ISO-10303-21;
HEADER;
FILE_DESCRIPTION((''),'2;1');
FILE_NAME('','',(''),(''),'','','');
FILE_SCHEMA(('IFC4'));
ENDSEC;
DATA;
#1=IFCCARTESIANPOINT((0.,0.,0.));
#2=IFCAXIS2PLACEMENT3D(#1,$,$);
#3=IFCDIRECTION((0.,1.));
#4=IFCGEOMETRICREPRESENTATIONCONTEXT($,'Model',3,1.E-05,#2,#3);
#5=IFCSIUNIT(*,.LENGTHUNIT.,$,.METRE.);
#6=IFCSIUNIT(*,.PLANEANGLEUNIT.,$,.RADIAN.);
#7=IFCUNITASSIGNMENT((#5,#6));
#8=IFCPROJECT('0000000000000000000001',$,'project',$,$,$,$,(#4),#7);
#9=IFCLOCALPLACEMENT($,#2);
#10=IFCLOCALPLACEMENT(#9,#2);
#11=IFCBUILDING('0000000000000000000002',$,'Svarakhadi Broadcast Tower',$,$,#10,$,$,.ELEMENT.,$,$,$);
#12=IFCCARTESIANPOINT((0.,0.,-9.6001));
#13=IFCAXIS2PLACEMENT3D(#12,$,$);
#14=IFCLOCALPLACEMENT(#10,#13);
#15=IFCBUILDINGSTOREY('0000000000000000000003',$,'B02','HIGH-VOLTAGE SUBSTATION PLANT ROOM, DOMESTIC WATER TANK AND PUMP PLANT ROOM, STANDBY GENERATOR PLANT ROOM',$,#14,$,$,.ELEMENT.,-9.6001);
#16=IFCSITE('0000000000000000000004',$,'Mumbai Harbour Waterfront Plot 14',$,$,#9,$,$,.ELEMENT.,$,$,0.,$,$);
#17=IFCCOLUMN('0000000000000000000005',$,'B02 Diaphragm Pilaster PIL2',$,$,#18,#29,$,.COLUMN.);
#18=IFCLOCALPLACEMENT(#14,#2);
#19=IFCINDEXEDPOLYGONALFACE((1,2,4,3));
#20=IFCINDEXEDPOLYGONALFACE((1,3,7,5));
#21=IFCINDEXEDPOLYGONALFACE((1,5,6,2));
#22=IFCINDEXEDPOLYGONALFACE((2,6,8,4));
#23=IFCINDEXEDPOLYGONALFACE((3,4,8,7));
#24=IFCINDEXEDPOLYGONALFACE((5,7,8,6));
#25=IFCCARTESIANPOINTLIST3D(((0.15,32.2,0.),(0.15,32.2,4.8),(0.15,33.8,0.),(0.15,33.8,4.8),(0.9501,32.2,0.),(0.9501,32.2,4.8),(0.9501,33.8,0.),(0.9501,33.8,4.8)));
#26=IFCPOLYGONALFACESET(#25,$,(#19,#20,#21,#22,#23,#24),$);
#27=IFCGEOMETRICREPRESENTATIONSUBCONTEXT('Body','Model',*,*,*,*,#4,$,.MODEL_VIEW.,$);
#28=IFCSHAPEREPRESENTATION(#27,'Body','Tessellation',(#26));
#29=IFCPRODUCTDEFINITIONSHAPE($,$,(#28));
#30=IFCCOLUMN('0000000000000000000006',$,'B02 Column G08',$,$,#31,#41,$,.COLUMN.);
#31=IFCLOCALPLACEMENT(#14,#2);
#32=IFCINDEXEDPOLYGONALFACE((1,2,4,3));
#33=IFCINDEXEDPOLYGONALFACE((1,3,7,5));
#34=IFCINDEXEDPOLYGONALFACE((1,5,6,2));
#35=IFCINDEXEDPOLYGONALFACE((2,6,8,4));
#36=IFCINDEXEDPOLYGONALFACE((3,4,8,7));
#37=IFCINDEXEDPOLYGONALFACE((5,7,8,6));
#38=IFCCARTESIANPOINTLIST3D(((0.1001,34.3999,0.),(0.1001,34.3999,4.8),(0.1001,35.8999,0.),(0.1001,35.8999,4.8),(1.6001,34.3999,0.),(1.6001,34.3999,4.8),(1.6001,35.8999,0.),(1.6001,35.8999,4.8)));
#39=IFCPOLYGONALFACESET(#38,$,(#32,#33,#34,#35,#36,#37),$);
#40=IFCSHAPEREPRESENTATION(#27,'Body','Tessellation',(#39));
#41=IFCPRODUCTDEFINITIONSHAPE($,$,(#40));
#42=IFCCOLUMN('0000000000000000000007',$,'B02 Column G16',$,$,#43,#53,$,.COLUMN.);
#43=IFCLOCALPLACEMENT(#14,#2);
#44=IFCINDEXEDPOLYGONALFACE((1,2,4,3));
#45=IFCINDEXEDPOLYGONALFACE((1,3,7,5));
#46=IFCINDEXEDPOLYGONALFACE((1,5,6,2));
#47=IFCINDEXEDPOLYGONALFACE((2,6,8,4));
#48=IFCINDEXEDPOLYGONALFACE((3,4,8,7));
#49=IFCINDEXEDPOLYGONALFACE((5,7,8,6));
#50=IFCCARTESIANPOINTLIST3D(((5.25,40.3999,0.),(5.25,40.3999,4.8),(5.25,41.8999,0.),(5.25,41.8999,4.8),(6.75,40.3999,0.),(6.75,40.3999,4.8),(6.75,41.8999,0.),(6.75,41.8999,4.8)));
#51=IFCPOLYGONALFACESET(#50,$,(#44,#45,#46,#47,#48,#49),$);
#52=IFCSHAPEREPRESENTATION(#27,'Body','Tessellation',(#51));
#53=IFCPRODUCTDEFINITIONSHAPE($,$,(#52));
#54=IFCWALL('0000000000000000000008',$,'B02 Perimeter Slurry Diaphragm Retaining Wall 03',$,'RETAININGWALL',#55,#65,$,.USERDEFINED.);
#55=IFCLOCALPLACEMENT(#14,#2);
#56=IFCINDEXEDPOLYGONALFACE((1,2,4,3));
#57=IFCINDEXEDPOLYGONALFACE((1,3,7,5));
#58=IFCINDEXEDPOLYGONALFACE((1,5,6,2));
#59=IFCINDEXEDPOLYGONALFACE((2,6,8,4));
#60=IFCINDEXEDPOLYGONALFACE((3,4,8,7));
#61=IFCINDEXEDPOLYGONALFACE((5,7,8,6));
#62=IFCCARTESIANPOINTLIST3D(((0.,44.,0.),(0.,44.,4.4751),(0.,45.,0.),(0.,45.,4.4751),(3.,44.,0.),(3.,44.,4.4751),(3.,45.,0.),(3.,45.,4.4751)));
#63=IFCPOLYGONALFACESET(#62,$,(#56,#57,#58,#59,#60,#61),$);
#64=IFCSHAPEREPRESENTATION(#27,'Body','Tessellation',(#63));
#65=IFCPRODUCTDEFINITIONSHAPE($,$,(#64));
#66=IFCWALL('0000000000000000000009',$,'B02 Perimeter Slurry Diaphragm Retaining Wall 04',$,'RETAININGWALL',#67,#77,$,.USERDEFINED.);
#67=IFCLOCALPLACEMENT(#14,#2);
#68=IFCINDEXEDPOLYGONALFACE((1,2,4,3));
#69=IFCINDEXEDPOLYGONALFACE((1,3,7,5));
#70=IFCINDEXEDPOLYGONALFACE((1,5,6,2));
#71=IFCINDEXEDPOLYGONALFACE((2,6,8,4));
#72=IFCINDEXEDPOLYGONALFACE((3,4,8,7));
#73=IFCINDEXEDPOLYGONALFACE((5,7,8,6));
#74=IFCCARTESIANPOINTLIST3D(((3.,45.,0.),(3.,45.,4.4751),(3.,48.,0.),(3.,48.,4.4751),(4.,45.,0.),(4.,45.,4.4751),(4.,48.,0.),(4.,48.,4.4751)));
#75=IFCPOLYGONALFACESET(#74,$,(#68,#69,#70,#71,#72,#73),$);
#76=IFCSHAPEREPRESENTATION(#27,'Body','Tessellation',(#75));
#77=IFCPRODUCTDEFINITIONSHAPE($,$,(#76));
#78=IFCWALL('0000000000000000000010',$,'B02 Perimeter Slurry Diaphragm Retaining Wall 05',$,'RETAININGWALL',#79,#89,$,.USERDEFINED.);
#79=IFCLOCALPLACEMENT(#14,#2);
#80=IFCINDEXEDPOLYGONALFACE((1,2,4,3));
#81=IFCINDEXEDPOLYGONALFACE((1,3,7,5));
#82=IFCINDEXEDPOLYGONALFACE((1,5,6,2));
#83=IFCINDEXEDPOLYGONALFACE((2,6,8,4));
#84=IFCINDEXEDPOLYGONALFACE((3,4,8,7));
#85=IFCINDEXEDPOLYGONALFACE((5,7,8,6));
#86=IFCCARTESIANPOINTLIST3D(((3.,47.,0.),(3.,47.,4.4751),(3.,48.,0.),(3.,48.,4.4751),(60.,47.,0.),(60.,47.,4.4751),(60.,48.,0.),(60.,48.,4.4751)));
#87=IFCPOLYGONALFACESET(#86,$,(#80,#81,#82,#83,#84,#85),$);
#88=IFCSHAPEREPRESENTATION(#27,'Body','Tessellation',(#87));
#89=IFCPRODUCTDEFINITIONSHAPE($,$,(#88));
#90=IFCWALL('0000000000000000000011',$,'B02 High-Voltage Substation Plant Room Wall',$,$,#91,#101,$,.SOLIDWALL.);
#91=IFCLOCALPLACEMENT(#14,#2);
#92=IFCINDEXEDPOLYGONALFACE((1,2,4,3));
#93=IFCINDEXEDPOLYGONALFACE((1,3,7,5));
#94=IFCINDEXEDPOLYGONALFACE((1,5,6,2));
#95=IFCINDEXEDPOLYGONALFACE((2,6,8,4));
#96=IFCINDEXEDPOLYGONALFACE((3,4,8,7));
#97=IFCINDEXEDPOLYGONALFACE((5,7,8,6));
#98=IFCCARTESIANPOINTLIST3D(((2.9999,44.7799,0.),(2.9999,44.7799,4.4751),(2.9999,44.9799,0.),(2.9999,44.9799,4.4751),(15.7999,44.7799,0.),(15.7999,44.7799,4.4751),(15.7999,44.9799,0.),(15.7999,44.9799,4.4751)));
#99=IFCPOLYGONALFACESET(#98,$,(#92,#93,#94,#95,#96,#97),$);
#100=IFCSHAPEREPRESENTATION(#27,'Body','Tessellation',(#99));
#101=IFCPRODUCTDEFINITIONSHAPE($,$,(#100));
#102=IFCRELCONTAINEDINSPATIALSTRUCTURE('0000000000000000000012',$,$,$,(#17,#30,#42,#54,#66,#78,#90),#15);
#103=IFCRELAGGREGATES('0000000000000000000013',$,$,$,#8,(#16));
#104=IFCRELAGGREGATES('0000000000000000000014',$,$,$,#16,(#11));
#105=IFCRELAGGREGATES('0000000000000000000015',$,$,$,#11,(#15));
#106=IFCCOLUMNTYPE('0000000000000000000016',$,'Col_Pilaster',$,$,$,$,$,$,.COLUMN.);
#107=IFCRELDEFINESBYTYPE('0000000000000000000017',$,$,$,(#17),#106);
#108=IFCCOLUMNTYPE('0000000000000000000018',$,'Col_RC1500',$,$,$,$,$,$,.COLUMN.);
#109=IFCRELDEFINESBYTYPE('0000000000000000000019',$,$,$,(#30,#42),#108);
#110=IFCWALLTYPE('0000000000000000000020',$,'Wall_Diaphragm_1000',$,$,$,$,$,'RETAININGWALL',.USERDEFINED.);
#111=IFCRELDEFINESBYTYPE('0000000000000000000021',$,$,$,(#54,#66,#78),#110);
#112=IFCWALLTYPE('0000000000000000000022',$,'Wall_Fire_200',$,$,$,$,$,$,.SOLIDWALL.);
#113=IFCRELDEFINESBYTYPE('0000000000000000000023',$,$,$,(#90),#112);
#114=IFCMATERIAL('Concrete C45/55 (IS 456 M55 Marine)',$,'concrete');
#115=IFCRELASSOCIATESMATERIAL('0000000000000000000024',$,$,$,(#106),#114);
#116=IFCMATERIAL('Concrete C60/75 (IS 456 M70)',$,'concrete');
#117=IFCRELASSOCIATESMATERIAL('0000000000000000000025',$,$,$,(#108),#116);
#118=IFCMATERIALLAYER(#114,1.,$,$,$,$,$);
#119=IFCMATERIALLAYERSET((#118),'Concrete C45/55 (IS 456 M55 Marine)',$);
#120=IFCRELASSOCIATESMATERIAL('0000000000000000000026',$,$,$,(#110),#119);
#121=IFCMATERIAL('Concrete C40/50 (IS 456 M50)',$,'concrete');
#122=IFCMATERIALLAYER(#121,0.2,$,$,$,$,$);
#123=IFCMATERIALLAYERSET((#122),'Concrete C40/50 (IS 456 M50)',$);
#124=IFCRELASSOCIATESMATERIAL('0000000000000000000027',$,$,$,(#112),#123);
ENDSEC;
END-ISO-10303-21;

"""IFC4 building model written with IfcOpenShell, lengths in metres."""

from ifc_helpers import new_model, si_unit, direction, frame, frame_2d, origin, origin_2d, place, context, subcontext, project, spatial, rectangle, extrude, material, layer, layer_set, material_profile, profile_set, type_object, element, save


model = new_model("IFC4")

# Units and contexts
model_context = context("Model", 3, precision=1e-05, world=origin(), true_north=direction((0.0, 1.0)))
body_context = subcontext(model_context, "Body", "Model", "MODEL_VIEW")
ifc_project = project(units=[si_unit("LENGTHUNIT", "METRE"), si_unit("PLANEANGLEUNIT", "RADIAN")], contexts=[model_context])

# Site, building, storey
site_placement = place(None, origin())
site = spatial("IfcSite", under=ifc_project, at=site_placement, Name="Mumbai Harbour Waterfront Plot 14", CompositionType="ELEMENT", RefElevation=0.0)
building_placement = place(site_placement, origin())
building = spatial("IfcBuilding", under=site, at=building_placement, Name="Svarakhadi Broadcast Tower", CompositionType="ELEMENT")
storey_placement = place(building_placement, frame((0.0, 0.0, -9.6001)))
storey = spatial("IfcBuildingStorey", under=building, at=storey_placement, Name="B02", Description="HIGH-VOLTAGE SUBSTATION PLANT ROOM, DOMESTIC WATER TANK AND PUMP PLANT ROOM, STANDBY GENERATOR PLANT ROOM", CompositionType="ELEMENT", Elevation=-9.6001)

# Shared definitions
ifc_material_1 = material(Name="Concrete C45/55 (IS 456 M55 Marine)", Category="concrete")

# Columns
ifc_material_profile_1 = material_profile(ifc_material_1, rectangle(XDim=0.8, YDim=1.6001, at=origin_2d()), Name="RC 800x1600")
ifc_profile_set_1 = profile_set([ifc_material_profile_1], Name="Concrete C45/55 (IS 456 M55 Marine)")
column_type_1 = type_object("IfcColumnType", Name="Col_Pilaster", PredefinedType="COLUMN", material=ifc_profile_set_1)
column_placement = place(storey_placement, frame((0.55, 33.0, 0.0), z_axis=(0.0, 0.0, 1.0), x_axis=(1.0, 0.0, 0.0)))
element("IfcColumn", 1, at=column_placement, inside=storey, type_object=column_type_1, Name="B02 Diaphragm Pilaster PIL2", PredefinedType="COLUMN", context=body_context, shape_type="SweptSolid", body=[
    extrude(rectangle(XDim=0.8, YDim=1.6001, at=origin_2d()), origin(), (0.0, 0.0, 1.0), 4.8),
])
ifc_material_2 = material(Name="Concrete C60/75 (IS 456 M70)", Category="concrete")
ifc_material_profile_2 = material_profile(ifc_material_2, rectangle(XDim=1.5, YDim=1.5, at=origin_2d()), Name="RC 1500x1500")
ifc_profile_set_2 = profile_set([ifc_material_profile_2], Name="Concrete C60/75 (IS 456 M70)")
column_type_2 = type_object("IfcColumnType", Name="Col_RC1500", PredefinedType="COLUMN", material=ifc_profile_set_2)
for number, where, z_axis, x_axis, name in (
    (2, (0.8501, 35.1499, 0.0), (0.0, 0.0, 1.0), (1.0, 0.0, 0.0), "B02 Column G08"),
    (3, (6.0, 41.1499, 0.0), (0.0, 0.0, 1.0), (1.0, 0.0, 0.0), "B02 Column G16"),
):
    element("IfcColumn", number, at=place(storey_placement, frame(where, z_axis=z_axis, x_axis=x_axis)), inside=storey, type_object=column_type_2, Name=name, PredefinedType="COLUMN", context=body_context, shape_type="SweptSolid", body=[
        extrude(rectangle(XDim=1.5, YDim=1.5, at=origin_2d()), origin(), (0.0, 0.0, 1.0), 4.8),
    ])

# Walls
ifc_layer_1 = layer(ifc_material_1, 1.0)
ifc_layer_set_1 = layer_set([ifc_layer_1], Name="Concrete C45/55 (IS 456 M55 Marine)")
wall_type_1 = type_object("IfcWallType", Name="Wall_Diaphragm_1000", ElementType="RETAININGWALL", PredefinedType="USERDEFINED", material=ifc_layer_set_1)
for number, where, z_axis, x_axis, name in (
    (4, (0.0, 44.5, 0.0), (0.0, 0.0, 1.0), (1.0, 0.0, 0.0), "B02 Perimeter Slurry Diaphragm Retaining Wall 03"),
    (5, (3.5, 45.0, 0.0), (0.0, 0.0, 1.0), (0.0, 1.0, 0.0), "B02 Perimeter Slurry Diaphragm Retaining Wall 04"),
):
    element("IfcWall", number, at=place(storey_placement, frame(where, z_axis=z_axis, x_axis=x_axis)), inside=storey, type_object=wall_type_1, Name=name, ObjectType="RETAININGWALL", PredefinedType="USERDEFINED", context=body_context, shape_type="SweptSolid", body=[
        extrude(rectangle(XDim=3.0, YDim=1.0, at=frame_2d((1.5, 0.0))), origin(), (0.0, 0.0, 1.0), 4.4751),
    ])
wall_1_placement = place(storey_placement, frame((3.0, 47.5, 0.0), z_axis=(0.0, 0.0, 1.0), x_axis=(1.0, 0.0, 0.0)))
element("IfcWall", 6, at=wall_1_placement, inside=storey, type_object=wall_type_1, Name="B02 Perimeter Slurry Diaphragm Retaining Wall 05", ObjectType="RETAININGWALL", PredefinedType="USERDEFINED", context=body_context, shape_type="SweptSolid", body=[
    extrude(rectangle(XDim=57.0, YDim=1.0, at=frame_2d((28.5, 0.0))), origin(), (0.0, 0.0, 1.0), 4.4751),
])
ifc_material_3 = material(Name="Concrete C40/50 (IS 456 M50)", Category="concrete")
ifc_layer_2 = layer(ifc_material_3, 0.2)
ifc_layer_set_2 = layer_set([ifc_layer_2], Name="Concrete C40/50 (IS 456 M50)")
wall_type_2 = type_object("IfcWallType", Name="Wall_Fire_200", PredefinedType="SOLIDWALL", material=ifc_layer_set_2)
wall_2_placement = place(storey_placement, frame((3.0, 44.8799, 0.0), z_axis=(0.0, 0.0, 1.0), x_axis=(1.0, 0.0, 0.0)))
element("IfcWall", 7, at=wall_2_placement, inside=storey, type_object=wall_type_2, Name="B02 High-Voltage Substation Plant Room Wall", PredefinedType="SOLIDWALL", context=body_context, shape_type="SweptSolid", body=[
    extrude(rectangle(XDim=12.8, YDim=0.2, at=frame_2d((6.3999, 0.0))), origin(), (0.0, 0.0, 1.0), 4.4751),
])

save(model, "model.ifc")
